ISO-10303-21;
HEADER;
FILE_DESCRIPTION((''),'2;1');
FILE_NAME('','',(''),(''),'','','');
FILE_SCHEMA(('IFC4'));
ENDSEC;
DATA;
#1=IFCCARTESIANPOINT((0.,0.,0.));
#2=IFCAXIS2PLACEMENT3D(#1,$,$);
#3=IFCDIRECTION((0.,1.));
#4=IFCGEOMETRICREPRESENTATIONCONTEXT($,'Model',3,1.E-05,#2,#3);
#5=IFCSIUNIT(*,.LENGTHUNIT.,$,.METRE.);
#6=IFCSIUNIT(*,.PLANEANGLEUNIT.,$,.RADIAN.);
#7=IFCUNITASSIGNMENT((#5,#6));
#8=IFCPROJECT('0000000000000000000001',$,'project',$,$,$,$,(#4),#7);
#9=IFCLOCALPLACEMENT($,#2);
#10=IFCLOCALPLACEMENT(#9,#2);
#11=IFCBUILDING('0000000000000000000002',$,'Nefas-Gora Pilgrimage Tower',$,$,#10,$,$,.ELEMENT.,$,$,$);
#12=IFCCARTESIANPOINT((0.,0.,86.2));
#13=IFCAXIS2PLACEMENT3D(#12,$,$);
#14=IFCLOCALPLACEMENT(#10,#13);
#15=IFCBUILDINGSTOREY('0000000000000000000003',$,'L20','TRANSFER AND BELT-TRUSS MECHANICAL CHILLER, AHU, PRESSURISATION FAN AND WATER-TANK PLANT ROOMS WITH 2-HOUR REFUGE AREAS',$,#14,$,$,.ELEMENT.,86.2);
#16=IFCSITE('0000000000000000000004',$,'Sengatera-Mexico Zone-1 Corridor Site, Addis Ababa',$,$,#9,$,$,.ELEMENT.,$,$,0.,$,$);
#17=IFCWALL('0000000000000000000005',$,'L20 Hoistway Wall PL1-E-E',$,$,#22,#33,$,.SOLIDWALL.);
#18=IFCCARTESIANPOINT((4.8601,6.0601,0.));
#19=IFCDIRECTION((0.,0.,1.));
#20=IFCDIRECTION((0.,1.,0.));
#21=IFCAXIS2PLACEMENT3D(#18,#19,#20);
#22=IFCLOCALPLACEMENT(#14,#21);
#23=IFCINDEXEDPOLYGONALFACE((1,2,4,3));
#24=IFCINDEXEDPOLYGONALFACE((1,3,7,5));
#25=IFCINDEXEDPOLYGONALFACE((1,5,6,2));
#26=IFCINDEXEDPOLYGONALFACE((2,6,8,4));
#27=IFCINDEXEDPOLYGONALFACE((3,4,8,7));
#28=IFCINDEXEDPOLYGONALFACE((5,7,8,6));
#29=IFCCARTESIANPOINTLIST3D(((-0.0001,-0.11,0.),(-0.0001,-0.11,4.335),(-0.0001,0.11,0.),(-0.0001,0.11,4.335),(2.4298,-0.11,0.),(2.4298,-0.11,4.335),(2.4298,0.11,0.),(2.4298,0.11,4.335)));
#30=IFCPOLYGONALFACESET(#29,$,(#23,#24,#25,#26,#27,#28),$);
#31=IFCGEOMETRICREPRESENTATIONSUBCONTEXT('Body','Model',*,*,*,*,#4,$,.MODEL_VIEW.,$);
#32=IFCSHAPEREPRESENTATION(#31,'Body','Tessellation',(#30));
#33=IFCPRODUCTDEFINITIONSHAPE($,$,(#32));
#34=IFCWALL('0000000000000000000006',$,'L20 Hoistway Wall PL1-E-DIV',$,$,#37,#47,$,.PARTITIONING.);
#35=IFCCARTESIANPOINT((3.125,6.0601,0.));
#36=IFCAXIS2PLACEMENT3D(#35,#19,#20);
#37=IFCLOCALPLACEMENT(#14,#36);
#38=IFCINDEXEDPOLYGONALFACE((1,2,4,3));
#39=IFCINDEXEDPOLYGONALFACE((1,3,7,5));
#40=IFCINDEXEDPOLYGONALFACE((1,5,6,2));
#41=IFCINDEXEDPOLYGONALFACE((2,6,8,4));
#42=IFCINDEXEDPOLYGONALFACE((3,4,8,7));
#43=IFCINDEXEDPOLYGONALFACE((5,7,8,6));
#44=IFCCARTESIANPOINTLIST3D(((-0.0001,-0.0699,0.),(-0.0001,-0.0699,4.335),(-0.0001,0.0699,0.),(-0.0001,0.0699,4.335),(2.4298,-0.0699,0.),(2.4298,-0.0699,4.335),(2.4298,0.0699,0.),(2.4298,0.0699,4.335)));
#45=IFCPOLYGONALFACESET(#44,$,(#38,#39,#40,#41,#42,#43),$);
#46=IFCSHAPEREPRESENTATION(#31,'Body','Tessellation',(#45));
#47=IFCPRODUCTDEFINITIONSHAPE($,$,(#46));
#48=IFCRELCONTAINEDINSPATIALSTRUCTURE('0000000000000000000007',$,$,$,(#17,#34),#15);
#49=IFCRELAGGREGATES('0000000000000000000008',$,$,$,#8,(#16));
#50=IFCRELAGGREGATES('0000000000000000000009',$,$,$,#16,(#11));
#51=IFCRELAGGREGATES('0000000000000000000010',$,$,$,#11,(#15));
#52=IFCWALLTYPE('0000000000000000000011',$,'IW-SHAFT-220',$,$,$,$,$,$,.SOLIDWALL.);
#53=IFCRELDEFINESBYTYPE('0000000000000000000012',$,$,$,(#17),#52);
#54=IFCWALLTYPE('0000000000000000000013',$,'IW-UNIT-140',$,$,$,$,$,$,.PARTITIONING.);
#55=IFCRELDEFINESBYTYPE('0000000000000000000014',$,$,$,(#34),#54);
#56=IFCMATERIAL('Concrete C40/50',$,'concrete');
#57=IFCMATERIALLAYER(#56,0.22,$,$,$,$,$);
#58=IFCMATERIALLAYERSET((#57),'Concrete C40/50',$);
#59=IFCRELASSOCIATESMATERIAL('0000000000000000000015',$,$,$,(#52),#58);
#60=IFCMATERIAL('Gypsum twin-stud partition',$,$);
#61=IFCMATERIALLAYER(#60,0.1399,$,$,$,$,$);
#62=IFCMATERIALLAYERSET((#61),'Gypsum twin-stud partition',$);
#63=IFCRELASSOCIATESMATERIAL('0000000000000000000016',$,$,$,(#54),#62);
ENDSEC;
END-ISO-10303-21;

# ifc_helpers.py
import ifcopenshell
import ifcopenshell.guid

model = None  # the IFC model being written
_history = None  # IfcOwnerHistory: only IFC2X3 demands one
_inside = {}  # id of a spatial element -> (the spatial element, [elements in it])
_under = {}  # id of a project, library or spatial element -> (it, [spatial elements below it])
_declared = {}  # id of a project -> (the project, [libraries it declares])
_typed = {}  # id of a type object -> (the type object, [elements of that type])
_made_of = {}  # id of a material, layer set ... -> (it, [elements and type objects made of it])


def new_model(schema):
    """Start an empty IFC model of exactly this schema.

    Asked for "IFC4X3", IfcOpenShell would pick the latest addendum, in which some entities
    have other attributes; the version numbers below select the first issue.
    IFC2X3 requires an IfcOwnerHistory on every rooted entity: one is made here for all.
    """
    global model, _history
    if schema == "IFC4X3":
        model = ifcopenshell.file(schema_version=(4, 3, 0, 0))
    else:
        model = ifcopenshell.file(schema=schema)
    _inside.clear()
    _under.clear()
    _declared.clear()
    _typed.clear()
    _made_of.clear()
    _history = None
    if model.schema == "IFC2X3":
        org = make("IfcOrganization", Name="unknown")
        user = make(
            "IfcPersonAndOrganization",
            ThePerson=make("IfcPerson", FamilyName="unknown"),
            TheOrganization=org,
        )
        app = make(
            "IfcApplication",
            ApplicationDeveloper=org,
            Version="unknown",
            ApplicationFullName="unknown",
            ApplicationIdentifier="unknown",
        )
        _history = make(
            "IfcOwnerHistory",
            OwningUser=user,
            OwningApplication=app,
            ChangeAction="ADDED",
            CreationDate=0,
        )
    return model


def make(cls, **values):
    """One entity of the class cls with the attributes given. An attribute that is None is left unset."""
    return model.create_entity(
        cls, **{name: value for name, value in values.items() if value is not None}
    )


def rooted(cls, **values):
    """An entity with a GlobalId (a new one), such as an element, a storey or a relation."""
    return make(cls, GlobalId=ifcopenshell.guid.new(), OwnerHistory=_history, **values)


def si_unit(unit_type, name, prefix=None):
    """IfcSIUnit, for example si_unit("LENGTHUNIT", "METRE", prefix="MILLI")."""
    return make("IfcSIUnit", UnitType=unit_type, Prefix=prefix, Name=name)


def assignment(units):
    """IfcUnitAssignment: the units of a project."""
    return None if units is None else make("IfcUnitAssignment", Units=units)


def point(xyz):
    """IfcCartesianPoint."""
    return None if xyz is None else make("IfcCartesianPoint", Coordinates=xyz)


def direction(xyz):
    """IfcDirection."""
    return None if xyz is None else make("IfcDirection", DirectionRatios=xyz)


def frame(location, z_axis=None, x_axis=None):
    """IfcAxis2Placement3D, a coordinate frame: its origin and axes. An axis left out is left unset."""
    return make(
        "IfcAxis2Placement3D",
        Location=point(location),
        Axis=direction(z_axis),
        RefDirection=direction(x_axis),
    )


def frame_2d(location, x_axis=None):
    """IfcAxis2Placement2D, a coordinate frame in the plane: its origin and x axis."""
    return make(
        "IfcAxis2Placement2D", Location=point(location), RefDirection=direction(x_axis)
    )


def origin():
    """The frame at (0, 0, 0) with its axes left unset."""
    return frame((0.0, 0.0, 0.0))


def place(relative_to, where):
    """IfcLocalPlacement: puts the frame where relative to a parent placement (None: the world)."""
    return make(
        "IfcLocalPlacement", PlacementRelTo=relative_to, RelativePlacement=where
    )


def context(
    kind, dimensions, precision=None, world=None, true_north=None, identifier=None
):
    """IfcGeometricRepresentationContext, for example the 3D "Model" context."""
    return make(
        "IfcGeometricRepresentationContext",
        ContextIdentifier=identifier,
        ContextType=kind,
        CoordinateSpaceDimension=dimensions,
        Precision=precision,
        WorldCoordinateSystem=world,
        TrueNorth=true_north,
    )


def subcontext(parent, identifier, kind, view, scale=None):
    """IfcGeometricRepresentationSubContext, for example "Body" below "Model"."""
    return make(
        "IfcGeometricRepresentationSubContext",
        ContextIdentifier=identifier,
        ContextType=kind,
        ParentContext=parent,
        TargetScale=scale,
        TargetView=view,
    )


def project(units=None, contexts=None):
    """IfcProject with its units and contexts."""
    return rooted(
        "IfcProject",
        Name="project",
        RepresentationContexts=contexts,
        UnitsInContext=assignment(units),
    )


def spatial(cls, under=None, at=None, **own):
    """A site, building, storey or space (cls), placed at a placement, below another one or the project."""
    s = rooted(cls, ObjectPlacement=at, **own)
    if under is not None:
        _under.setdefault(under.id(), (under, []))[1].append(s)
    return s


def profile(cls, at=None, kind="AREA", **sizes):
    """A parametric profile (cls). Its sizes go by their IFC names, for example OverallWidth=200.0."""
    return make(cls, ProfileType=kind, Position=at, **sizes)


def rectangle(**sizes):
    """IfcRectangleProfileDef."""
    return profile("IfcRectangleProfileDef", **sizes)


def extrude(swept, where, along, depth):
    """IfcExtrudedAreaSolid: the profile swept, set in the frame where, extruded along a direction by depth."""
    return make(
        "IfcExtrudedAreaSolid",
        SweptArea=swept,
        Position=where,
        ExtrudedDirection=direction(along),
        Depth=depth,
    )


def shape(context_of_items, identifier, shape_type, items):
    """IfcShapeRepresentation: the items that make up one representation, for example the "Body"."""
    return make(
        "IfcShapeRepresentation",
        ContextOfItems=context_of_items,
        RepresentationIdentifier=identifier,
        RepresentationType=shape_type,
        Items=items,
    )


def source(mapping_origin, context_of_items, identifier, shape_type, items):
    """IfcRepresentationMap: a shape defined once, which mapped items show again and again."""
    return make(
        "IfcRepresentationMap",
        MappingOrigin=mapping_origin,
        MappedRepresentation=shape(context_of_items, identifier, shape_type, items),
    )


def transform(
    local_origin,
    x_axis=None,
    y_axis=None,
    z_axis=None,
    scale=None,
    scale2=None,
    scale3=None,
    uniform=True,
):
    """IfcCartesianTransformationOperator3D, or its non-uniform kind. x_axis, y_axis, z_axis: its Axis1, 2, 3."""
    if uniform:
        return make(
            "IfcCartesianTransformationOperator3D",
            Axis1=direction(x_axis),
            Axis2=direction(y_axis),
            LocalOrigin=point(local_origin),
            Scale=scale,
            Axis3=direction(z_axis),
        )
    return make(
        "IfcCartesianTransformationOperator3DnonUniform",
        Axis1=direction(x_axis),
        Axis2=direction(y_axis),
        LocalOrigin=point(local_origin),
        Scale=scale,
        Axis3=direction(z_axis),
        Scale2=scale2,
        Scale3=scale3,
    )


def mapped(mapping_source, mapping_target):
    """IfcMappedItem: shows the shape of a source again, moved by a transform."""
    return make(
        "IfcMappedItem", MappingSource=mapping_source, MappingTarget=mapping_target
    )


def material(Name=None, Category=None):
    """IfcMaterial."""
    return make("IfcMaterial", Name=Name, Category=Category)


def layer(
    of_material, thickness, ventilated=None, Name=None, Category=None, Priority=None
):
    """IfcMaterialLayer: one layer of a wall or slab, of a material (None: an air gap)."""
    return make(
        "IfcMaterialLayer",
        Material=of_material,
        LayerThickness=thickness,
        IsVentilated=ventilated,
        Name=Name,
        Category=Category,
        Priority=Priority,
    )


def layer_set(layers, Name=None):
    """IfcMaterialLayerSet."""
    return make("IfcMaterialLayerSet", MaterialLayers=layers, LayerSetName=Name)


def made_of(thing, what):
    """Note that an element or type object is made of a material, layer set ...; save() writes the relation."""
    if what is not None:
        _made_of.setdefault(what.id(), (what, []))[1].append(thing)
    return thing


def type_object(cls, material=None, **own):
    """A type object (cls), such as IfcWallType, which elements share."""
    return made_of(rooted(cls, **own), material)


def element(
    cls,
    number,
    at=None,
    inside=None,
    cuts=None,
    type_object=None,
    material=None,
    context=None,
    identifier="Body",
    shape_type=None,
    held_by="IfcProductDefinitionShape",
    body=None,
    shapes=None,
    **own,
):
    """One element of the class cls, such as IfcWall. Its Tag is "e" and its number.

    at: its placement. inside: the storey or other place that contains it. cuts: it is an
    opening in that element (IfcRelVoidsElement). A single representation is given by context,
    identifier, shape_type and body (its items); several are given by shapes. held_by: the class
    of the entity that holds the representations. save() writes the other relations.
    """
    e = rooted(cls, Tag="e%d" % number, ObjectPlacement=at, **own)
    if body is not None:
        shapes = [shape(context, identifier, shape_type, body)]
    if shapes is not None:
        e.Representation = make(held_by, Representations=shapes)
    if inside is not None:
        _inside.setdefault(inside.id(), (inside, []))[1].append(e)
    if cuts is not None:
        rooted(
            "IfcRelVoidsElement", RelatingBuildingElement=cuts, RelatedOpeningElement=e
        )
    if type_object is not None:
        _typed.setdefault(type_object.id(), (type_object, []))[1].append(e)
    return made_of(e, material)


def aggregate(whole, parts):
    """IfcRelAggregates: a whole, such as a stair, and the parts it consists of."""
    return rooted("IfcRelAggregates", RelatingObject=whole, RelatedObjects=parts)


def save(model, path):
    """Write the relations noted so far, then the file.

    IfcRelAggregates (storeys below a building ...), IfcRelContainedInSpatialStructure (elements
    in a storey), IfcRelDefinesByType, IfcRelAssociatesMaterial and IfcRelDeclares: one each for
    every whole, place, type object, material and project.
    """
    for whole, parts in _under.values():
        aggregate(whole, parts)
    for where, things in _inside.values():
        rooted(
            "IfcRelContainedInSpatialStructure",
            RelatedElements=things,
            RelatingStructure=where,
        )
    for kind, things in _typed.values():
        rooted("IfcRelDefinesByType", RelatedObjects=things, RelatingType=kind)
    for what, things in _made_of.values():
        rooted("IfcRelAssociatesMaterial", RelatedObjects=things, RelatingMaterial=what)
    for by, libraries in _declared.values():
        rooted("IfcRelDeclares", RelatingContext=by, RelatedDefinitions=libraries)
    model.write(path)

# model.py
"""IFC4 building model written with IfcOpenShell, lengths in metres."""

from ifc_helpers import new_model, si_unit, direction, frame, frame_2d, origin, place, context, subcontext, project, spatial, rectangle, extrude, source, transform, mapped, material, layer, layer_set, type_object, element, save


model = new_model("IFC4")

# Units and contexts
model_context = context("Model", 3, precision=1e-05, world=origin(), true_north=direction((0.0, 1.0)))
body_context = subcontext(model_context, "Body", "Model", "MODEL_VIEW")
ifc_project = project(units=[si_unit("LENGTHUNIT", "METRE"), si_unit("PLANEANGLEUNIT", "RADIAN")], contexts=[model_context])

# Site, building, storey
site_placement = place(None, origin())
site = spatial("IfcSite", under=ifc_project, at=site_placement, Name="Sengatera-Mexico Zone-1 Corridor Site, Addis Ababa", CompositionType="ELEMENT", RefElevation=0.0)
building_placement = place(site_placement, origin())
building = spatial("IfcBuilding", under=site, at=building_placement, Name="Nefas-Gora Pilgrimage Tower", CompositionType="ELEMENT")
storey_placement = place(building_placement, frame((0.0, 0.0, 86.2)))
storey = spatial("IfcBuildingStorey", under=building, at=storey_placement, Name="L20", Description="TRANSFER AND BELT-TRUSS MECHANICAL CHILLER, AHU, PRESSURISATION FAN AND WATER-TANK PLANT ROOMS WITH 2-HOUR REFUGE AREAS", CompositionType="ELEMENT", Elevation=86.2)

# Shared definitions
ifc_material_1 = material(Name="Concrete C40/50", Category="concrete")
ifc_layer_1 = layer(ifc_material_1, 0.22)
ifc_layer_set_1 = layer_set([ifc_layer_1], Name="Concrete C40/50")
wall_type_1 = type_object("IfcWallType", Name="IW-SHAFT-220", PredefinedType="SOLIDWALL", material=ifc_layer_set_1)

# Walls
shared_shape_1 = source(origin(), body_context, "Body", "SweptSolid", [
    extrude(rectangle(XDim=2.4299, YDim=0.22, at=frame_2d((1.2148, 0.0))), origin(), (0.0, 0.0, 1.0), 4.335),
])
wall_1_placement = place(storey_placement, frame((4.8601, 6.0601, 0.0), z_axis=(0.0, 0.0, 1.0), x_axis=(0.0, 1.0, 0.0)))
element("IfcWall", 1, at=wall_1_placement, inside=storey, type_object=wall_type_1, Name="L20 Hoistway Wall PL1-E-E", PredefinedType="SOLIDWALL", context=body_context, shape_type="MappedRepresentation", body=[
    mapped(shared_shape_1, transform((0.0, 0.0, 0.0), x_axis=(1.0, 0.0, 0.0), y_axis=(0.0, 1.0, 0.0), z_axis=(0.0, 0.0, 1.0), scale=1.0)),
])
ifc_material_2 = material(Name="Gypsum twin-stud partition")
ifc_layer_2 = layer(ifc_material_2, 0.1399)
ifc_layer_set_2 = layer_set([ifc_layer_2], Name="Gypsum twin-stud partition")
wall_type_2 = type_object("IfcWallType", Name="IW-UNIT-140", PredefinedType="PARTITIONING", material=ifc_layer_set_2)
shared_shape_2 = source(origin(), body_context, "Body", "SweptSolid", [
    extrude(rectangle(XDim=2.4299, YDim=0.1399, at=frame_2d((1.2148, 0.0))), origin(), (0.0, 0.0, 1.0), 4.335),
])
wall_2_placement = place(storey_placement, frame((3.125, 6.0601, 0.0), z_axis=(0.0, 0.0, 1.0), x_axis=(0.0, 1.0, 0.0)))
element("IfcWall", 2, at=wall_2_placement, inside=storey, type_object=wall_type_2, Name="L20 Hoistway Wall PL1-E-DIV", PredefinedType="PARTITIONING", context=body_context, shape_type="MappedRepresentation", body=[
    mapped(shared_shape_2, transform((0.0, 0.0, 0.0), x_axis=(1.0, 0.0, 0.0), y_axis=(0.0, 1.0, 0.0), z_axis=(0.0, 0.0, 1.0), scale=1.0)),
])

save(model, "model.ifc")
